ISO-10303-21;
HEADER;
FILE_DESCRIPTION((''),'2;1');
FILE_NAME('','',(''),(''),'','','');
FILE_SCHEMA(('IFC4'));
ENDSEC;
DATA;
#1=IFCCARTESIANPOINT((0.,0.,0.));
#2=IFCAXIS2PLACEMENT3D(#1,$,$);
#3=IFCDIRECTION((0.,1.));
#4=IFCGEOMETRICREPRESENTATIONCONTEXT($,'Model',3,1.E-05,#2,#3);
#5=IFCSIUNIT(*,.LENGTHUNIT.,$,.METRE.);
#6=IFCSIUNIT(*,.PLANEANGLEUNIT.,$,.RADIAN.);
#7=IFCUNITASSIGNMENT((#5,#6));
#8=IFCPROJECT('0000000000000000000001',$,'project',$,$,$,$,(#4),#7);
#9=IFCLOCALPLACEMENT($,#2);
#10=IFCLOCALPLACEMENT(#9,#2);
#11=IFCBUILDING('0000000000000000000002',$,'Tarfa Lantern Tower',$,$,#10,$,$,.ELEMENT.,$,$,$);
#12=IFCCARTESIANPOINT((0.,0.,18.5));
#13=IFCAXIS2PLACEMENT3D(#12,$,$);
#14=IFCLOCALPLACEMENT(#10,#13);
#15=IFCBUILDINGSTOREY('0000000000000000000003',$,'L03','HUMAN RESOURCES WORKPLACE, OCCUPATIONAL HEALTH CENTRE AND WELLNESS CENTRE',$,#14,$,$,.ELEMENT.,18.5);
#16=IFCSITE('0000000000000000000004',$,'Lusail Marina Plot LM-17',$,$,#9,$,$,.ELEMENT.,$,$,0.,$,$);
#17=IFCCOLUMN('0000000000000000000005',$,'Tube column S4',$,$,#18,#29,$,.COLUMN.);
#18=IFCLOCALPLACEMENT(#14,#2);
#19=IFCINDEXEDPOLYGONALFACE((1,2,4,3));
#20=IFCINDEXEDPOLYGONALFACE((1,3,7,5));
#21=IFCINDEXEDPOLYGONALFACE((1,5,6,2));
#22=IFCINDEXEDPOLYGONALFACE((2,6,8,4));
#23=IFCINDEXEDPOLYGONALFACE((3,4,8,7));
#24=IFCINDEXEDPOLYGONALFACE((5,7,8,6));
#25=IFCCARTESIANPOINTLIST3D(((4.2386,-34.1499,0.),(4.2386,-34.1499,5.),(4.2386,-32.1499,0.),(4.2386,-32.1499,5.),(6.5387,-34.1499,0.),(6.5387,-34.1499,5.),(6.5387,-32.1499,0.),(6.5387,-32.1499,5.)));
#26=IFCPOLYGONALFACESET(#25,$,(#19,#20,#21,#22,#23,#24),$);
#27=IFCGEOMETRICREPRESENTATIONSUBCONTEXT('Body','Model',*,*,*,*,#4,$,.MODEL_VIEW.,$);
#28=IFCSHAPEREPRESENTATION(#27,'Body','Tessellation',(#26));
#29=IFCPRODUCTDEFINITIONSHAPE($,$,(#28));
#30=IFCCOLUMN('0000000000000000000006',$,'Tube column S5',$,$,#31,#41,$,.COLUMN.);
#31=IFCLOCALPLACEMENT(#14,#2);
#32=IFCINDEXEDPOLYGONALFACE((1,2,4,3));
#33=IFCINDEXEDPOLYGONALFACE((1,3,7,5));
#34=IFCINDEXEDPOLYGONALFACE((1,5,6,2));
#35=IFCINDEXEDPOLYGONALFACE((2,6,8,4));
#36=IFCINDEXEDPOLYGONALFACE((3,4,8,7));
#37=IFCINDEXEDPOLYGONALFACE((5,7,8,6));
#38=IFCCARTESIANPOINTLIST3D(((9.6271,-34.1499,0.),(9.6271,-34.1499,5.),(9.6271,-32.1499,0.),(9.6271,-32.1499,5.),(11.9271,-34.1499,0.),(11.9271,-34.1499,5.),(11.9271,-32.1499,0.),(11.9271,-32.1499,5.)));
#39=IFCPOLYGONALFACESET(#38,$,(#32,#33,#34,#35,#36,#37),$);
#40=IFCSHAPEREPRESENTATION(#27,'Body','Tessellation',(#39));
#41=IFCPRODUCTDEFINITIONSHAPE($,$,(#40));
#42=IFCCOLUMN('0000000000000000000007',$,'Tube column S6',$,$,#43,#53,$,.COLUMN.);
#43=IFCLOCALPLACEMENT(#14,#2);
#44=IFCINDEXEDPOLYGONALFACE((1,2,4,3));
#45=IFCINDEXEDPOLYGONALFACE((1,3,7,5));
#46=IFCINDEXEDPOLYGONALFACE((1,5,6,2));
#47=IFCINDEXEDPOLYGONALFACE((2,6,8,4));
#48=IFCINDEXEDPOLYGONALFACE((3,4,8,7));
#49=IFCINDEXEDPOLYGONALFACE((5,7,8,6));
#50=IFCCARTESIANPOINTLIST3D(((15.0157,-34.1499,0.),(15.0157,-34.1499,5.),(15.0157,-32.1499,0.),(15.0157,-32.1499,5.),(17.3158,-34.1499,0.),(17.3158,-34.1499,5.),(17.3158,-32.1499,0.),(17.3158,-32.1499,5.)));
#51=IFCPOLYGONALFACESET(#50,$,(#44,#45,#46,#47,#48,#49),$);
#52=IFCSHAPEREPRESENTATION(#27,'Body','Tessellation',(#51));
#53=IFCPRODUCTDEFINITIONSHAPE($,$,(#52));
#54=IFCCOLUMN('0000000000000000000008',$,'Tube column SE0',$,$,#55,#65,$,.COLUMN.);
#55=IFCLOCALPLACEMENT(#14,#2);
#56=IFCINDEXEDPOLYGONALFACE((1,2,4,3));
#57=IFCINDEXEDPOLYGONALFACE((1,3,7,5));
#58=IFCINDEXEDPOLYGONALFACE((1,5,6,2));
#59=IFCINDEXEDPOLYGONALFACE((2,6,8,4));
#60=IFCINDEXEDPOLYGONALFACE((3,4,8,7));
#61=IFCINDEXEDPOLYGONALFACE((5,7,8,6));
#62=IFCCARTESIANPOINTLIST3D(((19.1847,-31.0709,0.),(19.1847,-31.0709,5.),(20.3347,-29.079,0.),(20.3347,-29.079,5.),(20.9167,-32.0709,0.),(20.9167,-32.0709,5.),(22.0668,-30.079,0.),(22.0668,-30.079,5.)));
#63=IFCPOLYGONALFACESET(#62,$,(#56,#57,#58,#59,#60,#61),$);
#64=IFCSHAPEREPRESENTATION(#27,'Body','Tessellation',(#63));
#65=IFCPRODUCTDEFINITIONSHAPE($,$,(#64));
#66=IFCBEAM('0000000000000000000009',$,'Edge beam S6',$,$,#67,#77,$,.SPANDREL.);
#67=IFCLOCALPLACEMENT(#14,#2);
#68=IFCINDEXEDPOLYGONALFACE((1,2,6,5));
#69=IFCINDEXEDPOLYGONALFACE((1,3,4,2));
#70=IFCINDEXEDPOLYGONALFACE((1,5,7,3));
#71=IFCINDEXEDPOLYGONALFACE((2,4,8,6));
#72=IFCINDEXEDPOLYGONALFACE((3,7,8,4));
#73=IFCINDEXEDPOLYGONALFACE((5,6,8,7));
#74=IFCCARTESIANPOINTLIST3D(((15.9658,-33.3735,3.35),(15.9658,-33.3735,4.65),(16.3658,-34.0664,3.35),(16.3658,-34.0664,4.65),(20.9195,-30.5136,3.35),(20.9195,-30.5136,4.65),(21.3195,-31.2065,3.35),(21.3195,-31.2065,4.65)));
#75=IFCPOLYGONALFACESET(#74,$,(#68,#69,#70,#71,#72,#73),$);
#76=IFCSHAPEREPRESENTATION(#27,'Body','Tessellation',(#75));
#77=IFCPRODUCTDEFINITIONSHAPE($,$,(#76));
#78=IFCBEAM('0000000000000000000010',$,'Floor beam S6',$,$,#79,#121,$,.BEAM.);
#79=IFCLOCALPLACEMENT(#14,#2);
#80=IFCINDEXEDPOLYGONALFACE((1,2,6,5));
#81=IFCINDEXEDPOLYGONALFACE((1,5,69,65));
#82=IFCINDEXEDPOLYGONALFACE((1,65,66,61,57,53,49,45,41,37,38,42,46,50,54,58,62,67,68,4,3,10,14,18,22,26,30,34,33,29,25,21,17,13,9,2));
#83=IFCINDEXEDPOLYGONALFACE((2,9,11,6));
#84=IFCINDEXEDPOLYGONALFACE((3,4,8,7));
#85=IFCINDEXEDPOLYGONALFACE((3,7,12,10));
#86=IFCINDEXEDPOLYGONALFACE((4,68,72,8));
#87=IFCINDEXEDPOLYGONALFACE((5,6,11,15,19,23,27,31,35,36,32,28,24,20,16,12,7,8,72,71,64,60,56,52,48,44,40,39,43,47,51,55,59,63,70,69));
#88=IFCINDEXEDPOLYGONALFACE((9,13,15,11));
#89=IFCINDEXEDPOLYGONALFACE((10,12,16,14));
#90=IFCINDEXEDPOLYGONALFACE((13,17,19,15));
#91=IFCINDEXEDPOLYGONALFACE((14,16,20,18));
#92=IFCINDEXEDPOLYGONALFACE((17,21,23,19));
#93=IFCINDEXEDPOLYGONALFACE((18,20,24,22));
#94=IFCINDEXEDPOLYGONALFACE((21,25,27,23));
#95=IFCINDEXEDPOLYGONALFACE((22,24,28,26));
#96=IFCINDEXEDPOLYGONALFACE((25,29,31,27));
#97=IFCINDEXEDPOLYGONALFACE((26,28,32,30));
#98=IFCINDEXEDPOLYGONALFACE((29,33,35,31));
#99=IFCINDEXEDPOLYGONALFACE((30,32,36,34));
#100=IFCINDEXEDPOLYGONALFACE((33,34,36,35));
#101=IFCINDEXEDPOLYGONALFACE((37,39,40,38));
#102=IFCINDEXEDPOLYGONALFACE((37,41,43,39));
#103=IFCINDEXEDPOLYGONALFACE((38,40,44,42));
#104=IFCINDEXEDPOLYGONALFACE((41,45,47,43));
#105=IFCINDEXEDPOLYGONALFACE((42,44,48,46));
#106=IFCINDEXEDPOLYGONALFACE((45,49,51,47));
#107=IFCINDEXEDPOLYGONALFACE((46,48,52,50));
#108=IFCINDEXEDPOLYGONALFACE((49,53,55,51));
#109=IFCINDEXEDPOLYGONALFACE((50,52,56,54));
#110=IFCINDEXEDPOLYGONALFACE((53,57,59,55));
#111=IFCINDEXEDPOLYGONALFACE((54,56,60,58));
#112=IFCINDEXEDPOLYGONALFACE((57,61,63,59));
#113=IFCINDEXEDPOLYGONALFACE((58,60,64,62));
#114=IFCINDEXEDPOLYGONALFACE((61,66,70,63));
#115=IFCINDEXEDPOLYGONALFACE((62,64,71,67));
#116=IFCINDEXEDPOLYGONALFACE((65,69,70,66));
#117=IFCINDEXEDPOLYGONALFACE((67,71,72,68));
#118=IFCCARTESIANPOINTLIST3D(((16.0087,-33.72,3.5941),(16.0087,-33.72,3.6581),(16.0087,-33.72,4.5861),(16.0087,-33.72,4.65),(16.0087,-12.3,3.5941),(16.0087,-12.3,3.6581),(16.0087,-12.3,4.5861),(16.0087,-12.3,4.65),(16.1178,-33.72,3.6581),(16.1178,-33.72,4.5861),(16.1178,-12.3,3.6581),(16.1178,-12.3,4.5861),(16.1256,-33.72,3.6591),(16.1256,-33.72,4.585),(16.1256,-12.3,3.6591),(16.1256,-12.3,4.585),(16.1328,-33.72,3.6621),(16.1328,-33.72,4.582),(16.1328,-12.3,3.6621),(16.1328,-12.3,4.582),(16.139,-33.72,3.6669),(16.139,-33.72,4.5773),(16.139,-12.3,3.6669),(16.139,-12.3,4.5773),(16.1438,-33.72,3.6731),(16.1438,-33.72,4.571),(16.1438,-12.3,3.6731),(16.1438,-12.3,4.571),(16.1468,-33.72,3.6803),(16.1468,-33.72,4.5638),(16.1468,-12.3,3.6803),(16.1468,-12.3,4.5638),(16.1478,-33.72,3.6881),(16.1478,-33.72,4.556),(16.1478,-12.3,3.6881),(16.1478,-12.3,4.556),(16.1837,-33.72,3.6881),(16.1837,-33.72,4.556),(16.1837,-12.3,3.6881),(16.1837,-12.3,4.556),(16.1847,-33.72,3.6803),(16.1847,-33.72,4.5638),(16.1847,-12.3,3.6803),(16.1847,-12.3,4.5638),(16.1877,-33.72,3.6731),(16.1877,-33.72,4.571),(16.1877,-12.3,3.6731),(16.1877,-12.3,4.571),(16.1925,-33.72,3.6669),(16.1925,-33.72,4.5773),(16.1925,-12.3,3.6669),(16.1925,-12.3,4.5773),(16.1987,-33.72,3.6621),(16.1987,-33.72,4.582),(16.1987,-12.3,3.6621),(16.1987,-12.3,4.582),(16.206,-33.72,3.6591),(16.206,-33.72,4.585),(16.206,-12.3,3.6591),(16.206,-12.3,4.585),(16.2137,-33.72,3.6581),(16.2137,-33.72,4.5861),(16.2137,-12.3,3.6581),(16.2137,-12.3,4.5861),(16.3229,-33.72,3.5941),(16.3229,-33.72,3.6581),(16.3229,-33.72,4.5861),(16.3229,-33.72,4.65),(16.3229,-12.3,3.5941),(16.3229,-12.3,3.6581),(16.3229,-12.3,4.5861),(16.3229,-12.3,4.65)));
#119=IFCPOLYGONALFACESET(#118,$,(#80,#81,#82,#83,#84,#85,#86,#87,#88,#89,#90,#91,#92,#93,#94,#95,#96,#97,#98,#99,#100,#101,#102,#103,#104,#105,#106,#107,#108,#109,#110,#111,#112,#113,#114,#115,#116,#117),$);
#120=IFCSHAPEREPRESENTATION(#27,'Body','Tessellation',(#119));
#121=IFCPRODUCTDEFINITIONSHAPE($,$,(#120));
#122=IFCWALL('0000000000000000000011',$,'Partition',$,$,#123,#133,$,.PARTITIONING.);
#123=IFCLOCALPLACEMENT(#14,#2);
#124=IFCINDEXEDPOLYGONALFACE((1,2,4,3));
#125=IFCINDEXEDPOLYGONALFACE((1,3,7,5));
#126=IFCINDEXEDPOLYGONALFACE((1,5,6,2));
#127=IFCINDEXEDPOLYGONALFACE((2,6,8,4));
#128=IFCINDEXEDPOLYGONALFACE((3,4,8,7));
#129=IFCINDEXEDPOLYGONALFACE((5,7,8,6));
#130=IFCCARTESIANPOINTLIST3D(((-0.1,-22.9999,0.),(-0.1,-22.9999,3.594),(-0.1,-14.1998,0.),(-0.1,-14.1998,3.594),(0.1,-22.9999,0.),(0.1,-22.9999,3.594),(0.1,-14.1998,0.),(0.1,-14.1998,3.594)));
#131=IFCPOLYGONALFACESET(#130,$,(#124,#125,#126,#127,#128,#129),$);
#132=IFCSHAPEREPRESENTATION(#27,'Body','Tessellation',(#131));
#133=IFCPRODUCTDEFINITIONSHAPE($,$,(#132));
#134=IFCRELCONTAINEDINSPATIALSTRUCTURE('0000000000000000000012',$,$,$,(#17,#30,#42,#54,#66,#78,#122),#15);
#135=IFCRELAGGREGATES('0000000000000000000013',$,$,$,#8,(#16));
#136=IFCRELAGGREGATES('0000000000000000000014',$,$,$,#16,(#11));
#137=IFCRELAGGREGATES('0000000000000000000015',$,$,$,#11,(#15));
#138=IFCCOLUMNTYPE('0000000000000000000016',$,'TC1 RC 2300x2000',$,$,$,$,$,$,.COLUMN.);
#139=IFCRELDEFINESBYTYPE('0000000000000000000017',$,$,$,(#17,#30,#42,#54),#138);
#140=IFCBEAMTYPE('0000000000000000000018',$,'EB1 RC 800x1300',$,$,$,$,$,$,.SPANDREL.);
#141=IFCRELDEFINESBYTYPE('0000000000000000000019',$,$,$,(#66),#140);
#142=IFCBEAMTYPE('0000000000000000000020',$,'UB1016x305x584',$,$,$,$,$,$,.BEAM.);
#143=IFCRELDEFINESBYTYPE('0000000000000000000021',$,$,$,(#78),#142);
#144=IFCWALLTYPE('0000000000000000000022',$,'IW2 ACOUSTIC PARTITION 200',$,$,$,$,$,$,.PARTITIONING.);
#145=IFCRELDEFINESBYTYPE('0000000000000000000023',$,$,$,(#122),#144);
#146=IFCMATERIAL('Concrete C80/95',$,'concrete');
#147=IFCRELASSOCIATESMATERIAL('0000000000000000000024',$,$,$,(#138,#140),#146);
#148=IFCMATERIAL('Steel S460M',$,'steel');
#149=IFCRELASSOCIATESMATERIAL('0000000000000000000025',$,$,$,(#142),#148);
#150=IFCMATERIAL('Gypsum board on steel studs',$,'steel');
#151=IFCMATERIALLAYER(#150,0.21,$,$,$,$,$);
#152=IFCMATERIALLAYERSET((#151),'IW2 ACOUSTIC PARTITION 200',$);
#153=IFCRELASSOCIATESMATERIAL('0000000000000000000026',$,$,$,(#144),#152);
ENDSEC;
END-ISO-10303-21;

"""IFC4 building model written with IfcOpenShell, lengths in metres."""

from ifc_helpers import new_model, si_unit, direction, frame, frame_2d, origin, origin_2d, place, context, subcontext, project, spatial, rectangle, i_section, extrude, material, layer, layer_set, material_profile, profile_set, type_object, element, save


model = new_model("IFC4")

# Units and contexts
model_context = context("Model", 3, precision=1e-05, world=origin(), true_north=direction((0.0, 1.0)))
body_context = subcontext(model_context, "Body", "Model", "MODEL_VIEW")
ifc_project = project(units=[si_unit("LENGTHUNIT", "METRE"), si_unit("PLANEANGLEUNIT", "RADIAN")], contexts=[model_context])

# Site, building, storey
site_placement = place(None, origin())
site = spatial("IfcSite", under=ifc_project, at=site_placement, Name="Lusail Marina Plot LM-17", CompositionType="ELEMENT", RefElevation=0.0)
building_placement = place(site_placement, origin())
building = spatial("IfcBuilding", under=site, at=building_placement, Name="Tarfa Lantern Tower", CompositionType="ELEMENT")
storey_placement = place(building_placement, frame((0.0, 0.0, 18.5)))
storey = spatial("IfcBuildingStorey", under=building, at=storey_placement, Name="L03", Description="HUMAN RESOURCES WORKPLACE, OCCUPATIONAL HEALTH CENTRE AND WELLNESS CENTRE", CompositionType="ELEMENT", Elevation=18.5)

# Columns
ifc_material_1 = material(Name="Concrete C80/95", Category="concrete")
ifc_material_profile_1 = material_profile(ifc_material_1, rectangle(XDim=2.3, YDim=2.0, at=origin_2d()), Name="RC 2300x2000")
ifc_profile_set_1 = profile_set([ifc_material_profile_1], Name="Concrete C80/95")
column_type = type_object("IfcColumnType", Name="TC1 RC 2300x2000", PredefinedType="COLUMN", material=ifc_profile_set_1)
for number, where, z_axis, x_axis, name in (
    (1, (5.3887, -33.1499, 0.0), (0.0, 0.0, 1.0), (1.0, 0.0, 0.0), "Tube column S4"),
    (2, (10.7771, -33.1499, 0.0), (0.0, 0.0, 1.0), (1.0, 0.0, 0.0), "Tube column S5"),
    (3, (16.1658, -33.1499, 0.0), (0.0, 0.0, 1.0), (1.0, 0.0, 0.0), "Tube column S6"),
    (4, (20.6257, -30.575, 0.0), (0.0, 0.0, 1.0), (0.5, 0.866025, 0.0), "Tube column SE0"),
):
    element("IfcColumn", number, at=place(storey_placement, frame(where, z_axis=z_axis, x_axis=x_axis)), inside=storey, type_object=column_type, Name=name, PredefinedType="COLUMN", context=body_context, shape_type="SweptSolid", body=[
        extrude(rectangle(XDim=2.3, YDim=2.0, at=origin_2d()), origin(), (0.0, 0.0, 1.0), 5.0),
    ])

# Beams
ifc_material_profile_2 = material_profile(ifc_material_1, rectangle(XDim=0.8, YDim=1.3, at=origin_2d()), Name="RC 800x1300")
ifc_profile_set_2 = profile_set([ifc_material_profile_2], Name="Concrete C80/95")
beam_type_1 = type_object("IfcBeamType", Name="EB1 RC 800x1300", PredefinedType="SPANDREL", material=ifc_profile_set_2)
beam_1_placement = place(storey_placement, frame((16.1658, -33.72, 4.0), z_axis=(0.866033, 0.499986, 0.0), x_axis=(-0.499986, 0.866033, 0.0)))
element("IfcBeam", 5, at=beam_1_placement, inside=storey, type_object=beam_type_1, Name="Edge beam S6", PredefinedType="SPANDREL", context=body_context, shape_type="SweptSolid", body=[
    extrude(rectangle(XDim=0.8, YDim=1.3, at=origin_2d()), origin(), (0.0, 0.0, 1.0), 5.72),
])
ifc_material_2 = material(Name="Steel S460M", Category="steel")
ifc_material_profile_3 = material_profile(ifc_material_2, i_section(OverallWidth=0.3142, OverallDepth=1.0559, WebThickness=0.0359, FlangeThickness=0.064, FilletRadius=0.03, at=origin_2d()), Name="UB1016x305x584")
ifc_profile_set_3 = profile_set([ifc_material_profile_3], Name="Steel S460M")
beam_type_2 = type_object("IfcBeamType", Name="UB1016x305x584", PredefinedType="BEAM", material=ifc_profile_set_3)
beam_2_placement = place(storey_placement, frame((16.1658, -33.72, 4.1221), z_axis=(0.0, 1.0, 0.0), x_axis=(-1.0, 0.0, 0.0)))
element("IfcBeam", 6, at=beam_2_placement, inside=storey, type_object=beam_type_2, Name="Floor beam S6", PredefinedType="BEAM", context=body_context, shape_type="SweptSolid", body=[
    extrude(i_section(OverallWidth=0.3142, OverallDepth=1.0559, WebThickness=0.0359, FlangeThickness=0.064, FilletRadius=0.03, at=origin_2d()), origin(), (0.0, 0.0, 1.0), 21.4199),
])

# Wall
ifc_material_3 = material(Name="Gypsum board on steel studs", Category="steel")
ifc_layer = layer(ifc_material_3, 0.21)
ifc_layer_set = layer_set([ifc_layer], Name="IW2 ACOUSTIC PARTITION 200")
wall_type = type_object("IfcWallType", Name="IW2 ACOUSTIC PARTITION 200", PredefinedType="PARTITIONING", material=ifc_layer_set)
wall_1_placement = place(storey_placement, frame((0.0, -14.2, 0.0), z_axis=(0.0, 0.0, 1.0), x_axis=(0.0, -1.0, 0.0)))
element("IfcWall", 7, at=wall_1_placement, inside=storey, type_object=wall_type, Name="Partition", PredefinedType="PARTITIONING", context=body_context, shape_type="SweptSolid", body=[
    extrude(rectangle(XDim=8.8, YDim=0.2, at=frame_2d((4.3999, 0.0))), origin(), (0.0, 0.0, 1.0), 3.594),
])

save(model, "model.ifc")
